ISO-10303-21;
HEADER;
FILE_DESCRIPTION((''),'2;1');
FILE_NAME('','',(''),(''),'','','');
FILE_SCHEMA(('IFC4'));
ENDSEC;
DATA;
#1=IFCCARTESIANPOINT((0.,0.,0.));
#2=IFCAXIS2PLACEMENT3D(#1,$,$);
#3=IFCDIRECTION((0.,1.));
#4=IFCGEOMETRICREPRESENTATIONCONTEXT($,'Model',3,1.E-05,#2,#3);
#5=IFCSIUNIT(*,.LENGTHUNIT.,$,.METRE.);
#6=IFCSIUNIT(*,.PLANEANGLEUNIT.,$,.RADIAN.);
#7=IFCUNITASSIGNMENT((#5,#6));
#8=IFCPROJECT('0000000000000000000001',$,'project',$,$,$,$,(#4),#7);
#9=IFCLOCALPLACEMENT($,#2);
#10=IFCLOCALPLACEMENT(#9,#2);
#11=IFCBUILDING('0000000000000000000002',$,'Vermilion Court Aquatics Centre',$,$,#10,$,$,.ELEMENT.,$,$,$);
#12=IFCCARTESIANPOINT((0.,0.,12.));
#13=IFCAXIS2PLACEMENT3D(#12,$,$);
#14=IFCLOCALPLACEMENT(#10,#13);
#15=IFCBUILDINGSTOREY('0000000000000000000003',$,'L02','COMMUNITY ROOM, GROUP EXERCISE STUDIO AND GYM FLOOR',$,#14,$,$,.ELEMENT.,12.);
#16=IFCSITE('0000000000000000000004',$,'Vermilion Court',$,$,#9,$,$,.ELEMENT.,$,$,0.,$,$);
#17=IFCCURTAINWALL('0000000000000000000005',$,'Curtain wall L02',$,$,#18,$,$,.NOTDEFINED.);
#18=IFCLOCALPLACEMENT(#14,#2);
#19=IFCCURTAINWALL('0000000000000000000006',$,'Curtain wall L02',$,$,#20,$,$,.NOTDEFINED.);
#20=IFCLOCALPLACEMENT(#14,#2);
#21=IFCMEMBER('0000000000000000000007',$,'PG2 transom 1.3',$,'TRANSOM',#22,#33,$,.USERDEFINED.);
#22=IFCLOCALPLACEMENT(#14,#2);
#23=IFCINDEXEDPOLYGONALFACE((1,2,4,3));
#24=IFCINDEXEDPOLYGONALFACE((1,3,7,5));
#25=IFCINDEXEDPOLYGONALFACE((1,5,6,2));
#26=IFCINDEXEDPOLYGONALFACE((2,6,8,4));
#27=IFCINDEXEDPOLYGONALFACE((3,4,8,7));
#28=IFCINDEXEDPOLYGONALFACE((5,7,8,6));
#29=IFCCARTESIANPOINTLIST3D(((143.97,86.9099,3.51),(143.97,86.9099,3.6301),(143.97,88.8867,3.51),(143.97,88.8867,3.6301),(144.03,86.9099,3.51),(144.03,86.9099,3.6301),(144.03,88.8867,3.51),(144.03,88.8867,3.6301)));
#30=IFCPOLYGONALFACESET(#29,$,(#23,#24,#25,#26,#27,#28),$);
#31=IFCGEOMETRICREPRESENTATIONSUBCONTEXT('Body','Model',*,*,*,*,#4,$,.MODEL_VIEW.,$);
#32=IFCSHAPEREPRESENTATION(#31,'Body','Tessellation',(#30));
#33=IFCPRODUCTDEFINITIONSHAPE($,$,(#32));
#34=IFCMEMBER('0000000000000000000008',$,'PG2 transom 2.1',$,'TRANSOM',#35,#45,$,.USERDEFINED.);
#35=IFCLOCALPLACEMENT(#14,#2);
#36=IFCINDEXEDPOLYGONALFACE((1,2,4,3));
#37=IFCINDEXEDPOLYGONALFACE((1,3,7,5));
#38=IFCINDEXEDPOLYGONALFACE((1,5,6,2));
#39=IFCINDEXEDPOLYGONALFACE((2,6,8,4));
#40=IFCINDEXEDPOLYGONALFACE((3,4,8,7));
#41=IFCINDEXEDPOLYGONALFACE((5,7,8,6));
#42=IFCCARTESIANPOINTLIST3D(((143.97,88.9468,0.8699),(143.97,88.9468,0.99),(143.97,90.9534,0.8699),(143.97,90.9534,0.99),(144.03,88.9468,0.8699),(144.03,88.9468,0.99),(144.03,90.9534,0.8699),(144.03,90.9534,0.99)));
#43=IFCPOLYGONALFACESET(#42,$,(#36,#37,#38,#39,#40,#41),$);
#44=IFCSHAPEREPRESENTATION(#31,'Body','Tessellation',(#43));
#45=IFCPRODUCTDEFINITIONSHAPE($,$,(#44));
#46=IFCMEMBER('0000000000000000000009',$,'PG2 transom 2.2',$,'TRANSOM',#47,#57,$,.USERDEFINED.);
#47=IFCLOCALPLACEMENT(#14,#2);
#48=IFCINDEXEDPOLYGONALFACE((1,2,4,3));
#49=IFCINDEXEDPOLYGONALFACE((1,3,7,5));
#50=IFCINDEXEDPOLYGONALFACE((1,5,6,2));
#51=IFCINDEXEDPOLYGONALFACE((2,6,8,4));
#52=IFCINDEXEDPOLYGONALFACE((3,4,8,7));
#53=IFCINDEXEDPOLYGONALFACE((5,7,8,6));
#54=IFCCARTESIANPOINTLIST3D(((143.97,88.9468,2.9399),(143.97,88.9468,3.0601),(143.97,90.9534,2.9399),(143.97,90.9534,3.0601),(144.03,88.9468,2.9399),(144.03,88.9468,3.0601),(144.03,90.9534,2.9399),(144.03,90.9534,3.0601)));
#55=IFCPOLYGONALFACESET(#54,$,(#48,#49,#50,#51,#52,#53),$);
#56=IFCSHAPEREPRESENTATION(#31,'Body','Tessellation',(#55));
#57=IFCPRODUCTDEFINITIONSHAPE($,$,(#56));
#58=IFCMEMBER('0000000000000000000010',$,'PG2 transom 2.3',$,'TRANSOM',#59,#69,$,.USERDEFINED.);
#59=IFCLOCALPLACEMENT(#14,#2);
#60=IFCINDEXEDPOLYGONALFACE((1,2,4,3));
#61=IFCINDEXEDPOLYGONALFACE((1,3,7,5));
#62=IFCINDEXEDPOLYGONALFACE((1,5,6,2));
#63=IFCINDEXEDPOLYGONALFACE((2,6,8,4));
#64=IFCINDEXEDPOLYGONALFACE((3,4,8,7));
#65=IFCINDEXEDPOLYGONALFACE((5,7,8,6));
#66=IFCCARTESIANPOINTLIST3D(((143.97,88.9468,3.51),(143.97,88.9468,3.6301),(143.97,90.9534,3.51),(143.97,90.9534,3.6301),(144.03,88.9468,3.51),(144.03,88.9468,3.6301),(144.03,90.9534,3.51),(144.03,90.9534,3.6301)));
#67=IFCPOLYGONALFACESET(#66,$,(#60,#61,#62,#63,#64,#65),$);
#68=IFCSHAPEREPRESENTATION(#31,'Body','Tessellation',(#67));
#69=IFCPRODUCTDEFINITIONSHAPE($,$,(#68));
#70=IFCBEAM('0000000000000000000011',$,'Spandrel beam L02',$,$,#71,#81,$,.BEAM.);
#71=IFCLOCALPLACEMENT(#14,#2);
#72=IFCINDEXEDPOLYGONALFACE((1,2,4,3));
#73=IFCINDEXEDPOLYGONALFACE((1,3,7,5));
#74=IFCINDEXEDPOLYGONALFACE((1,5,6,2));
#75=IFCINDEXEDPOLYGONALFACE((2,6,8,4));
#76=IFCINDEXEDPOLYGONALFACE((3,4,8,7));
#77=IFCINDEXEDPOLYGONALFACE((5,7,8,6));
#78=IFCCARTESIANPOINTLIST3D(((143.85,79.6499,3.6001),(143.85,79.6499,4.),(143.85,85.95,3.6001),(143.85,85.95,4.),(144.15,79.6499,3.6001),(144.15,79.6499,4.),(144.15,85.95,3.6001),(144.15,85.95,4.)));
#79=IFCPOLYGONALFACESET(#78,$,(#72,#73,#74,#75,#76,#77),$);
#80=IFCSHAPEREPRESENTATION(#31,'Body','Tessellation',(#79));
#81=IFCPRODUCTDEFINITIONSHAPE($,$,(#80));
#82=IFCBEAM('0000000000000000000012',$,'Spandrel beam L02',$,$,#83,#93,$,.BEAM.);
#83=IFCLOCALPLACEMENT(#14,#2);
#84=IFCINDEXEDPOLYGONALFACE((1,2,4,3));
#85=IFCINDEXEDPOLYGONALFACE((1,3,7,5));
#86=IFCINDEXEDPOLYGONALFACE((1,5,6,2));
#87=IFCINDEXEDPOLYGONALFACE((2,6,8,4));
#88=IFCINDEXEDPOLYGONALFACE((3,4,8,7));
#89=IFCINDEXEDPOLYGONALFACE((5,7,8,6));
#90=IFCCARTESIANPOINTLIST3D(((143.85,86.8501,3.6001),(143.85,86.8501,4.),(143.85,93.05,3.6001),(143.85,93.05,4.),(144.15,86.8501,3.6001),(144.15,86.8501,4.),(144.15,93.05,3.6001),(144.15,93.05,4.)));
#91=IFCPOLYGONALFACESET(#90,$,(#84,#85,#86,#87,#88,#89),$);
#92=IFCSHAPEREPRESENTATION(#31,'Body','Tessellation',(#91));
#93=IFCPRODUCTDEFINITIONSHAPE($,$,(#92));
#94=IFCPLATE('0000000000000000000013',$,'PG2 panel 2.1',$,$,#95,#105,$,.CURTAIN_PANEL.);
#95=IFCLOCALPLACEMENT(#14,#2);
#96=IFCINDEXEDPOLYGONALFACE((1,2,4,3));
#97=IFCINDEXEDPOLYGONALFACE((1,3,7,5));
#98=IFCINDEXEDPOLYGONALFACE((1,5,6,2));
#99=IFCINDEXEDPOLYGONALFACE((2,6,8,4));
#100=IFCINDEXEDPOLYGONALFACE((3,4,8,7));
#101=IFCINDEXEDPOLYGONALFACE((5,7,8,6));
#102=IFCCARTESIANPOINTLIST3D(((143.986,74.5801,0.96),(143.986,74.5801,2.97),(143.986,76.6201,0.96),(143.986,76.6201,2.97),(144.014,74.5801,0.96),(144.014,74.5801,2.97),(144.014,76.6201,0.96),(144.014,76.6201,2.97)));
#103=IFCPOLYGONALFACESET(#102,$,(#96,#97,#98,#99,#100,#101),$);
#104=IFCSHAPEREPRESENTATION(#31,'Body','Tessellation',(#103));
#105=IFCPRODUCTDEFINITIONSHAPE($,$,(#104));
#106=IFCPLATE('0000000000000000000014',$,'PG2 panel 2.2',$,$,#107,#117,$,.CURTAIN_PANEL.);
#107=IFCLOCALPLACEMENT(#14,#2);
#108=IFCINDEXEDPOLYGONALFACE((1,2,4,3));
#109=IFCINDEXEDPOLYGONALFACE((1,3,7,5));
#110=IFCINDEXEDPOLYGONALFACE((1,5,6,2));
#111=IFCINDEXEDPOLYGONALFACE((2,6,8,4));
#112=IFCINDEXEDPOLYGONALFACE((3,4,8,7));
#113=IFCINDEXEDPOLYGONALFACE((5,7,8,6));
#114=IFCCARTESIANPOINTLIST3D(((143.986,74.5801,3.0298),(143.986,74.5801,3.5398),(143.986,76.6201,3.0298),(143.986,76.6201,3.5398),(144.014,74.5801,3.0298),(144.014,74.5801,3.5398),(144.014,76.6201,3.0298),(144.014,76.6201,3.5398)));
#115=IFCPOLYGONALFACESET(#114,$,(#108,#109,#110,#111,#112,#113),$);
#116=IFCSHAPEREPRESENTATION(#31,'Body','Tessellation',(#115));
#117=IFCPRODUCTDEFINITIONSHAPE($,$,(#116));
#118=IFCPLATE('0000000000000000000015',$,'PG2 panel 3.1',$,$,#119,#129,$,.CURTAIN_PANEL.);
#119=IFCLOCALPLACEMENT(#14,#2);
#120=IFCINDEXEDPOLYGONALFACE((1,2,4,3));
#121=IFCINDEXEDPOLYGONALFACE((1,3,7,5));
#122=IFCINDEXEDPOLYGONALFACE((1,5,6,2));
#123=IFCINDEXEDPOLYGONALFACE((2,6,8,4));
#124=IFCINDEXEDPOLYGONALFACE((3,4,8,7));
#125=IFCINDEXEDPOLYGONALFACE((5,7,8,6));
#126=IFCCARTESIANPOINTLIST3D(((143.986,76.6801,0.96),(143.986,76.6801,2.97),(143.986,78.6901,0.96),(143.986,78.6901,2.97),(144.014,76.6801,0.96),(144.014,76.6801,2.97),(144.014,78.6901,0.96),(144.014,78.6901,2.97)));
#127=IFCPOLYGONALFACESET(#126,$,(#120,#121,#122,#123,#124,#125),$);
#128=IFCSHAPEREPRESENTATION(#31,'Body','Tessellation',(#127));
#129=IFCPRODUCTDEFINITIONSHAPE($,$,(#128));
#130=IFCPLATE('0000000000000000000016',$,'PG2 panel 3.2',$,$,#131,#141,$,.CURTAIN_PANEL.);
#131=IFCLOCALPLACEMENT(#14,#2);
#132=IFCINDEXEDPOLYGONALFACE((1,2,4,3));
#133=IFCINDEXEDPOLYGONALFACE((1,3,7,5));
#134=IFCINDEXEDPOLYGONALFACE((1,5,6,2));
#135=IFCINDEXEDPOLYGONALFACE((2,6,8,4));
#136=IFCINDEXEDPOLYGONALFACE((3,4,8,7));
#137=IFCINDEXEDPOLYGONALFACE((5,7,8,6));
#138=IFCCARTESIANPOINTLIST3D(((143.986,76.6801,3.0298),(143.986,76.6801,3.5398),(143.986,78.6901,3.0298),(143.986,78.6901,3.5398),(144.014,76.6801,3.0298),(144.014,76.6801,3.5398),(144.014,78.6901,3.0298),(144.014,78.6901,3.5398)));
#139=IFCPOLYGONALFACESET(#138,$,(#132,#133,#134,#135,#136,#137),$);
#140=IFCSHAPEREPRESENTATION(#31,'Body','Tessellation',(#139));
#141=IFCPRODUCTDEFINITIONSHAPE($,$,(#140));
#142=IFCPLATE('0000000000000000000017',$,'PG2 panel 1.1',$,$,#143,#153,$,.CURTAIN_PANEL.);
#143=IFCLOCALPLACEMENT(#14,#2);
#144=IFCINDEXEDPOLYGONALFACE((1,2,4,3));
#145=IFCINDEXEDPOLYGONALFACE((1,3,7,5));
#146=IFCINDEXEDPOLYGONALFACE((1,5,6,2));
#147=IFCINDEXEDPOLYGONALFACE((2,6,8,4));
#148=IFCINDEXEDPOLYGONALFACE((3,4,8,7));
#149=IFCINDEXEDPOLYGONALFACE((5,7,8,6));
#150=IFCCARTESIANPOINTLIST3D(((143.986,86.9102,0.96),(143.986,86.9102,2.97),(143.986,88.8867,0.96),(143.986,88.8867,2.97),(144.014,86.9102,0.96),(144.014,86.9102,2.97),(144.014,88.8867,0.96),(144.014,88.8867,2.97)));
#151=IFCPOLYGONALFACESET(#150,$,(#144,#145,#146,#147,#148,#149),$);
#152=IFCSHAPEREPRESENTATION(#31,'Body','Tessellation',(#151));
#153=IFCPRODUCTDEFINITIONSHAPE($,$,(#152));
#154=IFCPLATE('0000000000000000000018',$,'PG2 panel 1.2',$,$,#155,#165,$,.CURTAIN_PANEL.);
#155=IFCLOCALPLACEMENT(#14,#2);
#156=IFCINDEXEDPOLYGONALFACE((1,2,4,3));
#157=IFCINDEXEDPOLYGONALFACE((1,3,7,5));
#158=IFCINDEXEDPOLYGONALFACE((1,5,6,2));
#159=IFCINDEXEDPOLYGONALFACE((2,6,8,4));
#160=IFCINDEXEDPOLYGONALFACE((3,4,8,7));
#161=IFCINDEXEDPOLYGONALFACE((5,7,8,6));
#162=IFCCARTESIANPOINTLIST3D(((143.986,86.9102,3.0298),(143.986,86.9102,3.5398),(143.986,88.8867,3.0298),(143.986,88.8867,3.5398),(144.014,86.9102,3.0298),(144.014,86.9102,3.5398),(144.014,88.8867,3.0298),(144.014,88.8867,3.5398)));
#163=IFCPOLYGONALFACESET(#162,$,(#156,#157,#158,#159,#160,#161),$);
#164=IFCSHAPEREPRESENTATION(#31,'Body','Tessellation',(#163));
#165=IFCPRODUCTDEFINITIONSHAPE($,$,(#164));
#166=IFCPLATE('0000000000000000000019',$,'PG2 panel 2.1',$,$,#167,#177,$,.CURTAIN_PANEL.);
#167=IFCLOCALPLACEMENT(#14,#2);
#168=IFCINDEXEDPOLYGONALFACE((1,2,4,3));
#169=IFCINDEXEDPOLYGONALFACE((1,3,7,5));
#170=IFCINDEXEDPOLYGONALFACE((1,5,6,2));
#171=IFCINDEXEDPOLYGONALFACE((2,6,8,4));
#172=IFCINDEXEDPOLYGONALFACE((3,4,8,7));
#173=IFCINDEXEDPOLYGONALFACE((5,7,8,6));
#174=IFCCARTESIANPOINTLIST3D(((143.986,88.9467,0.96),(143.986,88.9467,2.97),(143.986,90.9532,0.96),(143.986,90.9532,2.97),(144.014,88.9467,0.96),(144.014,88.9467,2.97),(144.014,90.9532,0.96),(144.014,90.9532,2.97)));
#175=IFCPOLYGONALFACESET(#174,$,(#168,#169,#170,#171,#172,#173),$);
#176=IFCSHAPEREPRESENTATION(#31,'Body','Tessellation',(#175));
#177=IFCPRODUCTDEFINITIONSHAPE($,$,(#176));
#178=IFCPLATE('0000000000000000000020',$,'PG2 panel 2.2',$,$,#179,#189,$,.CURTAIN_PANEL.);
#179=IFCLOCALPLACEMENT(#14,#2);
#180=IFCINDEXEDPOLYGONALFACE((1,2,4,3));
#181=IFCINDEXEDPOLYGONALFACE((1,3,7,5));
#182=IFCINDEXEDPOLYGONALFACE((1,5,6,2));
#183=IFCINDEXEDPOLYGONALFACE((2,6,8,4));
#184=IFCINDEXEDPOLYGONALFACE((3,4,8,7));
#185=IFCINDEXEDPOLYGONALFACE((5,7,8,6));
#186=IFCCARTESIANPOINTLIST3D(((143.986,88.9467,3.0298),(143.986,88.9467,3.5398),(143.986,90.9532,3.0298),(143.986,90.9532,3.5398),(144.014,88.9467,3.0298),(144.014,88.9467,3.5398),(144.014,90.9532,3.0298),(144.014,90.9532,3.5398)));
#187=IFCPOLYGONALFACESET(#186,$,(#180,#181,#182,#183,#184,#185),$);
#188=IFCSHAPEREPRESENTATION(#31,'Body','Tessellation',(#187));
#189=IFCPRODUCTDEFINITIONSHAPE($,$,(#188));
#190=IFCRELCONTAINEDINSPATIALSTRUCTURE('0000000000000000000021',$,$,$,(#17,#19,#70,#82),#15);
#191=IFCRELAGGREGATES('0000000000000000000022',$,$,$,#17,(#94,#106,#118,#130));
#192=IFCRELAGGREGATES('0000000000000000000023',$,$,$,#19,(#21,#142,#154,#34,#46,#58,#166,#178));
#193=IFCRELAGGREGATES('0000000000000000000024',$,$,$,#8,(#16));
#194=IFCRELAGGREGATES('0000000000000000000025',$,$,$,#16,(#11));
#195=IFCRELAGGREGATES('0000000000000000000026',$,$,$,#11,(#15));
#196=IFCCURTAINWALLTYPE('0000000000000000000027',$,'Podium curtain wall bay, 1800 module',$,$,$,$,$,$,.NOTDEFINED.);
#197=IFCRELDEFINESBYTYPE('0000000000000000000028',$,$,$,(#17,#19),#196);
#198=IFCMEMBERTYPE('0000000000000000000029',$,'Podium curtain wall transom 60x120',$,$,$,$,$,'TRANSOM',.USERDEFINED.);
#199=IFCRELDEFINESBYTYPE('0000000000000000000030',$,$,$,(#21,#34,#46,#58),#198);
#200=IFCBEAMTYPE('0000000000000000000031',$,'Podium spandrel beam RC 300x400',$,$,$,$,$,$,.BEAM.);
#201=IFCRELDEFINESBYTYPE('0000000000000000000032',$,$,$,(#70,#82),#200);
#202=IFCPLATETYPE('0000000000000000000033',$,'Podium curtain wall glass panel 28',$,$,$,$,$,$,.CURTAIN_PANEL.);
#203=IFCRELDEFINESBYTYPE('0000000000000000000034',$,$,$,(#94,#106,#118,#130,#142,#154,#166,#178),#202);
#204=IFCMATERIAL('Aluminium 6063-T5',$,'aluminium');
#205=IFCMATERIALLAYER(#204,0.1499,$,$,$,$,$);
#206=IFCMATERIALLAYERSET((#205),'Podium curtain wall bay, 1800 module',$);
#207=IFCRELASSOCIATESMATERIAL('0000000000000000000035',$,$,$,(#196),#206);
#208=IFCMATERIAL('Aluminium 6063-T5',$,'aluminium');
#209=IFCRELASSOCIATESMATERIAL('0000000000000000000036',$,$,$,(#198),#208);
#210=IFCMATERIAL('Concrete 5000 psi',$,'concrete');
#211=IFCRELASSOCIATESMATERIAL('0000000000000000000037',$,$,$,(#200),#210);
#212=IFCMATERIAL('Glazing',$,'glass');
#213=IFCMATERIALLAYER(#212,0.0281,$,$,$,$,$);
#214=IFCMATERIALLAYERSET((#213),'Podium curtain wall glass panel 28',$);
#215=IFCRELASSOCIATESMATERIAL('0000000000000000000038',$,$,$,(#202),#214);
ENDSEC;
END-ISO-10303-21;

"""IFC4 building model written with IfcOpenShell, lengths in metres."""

from ifc_helpers import new_model, si_unit, direction, frame, origin, origin_2d, place, context, subcontext, project, spatial, rectangle, extrude, material, layer, layer_set, material_profile, profile_set, type_object, element, aggregate, save


model = new_model("IFC4")

# Units and contexts
model_context = context("Model", 3, precision=1e-05, world=origin(), true_north=direction((0.0, 1.0)))
body_context = subcontext(model_context, "Body", "Model", "MODEL_VIEW")
ifc_project = project(units=[si_unit("LENGTHUNIT", "METRE"), si_unit("PLANEANGLEUNIT", "RADIAN")], contexts=[model_context])

# Site, building, storey
site_placement = place(None, origin())
site = spatial("IfcSite", under=ifc_project, at=site_placement, Name="Vermilion Court", CompositionType="ELEMENT", RefElevation=0.0)
building_placement = place(site_placement, origin())
building = spatial("IfcBuilding", under=site, at=building_placement, Name="Vermilion Court Aquatics Centre", CompositionType="ELEMENT")
storey_placement = place(building_placement, frame((0.0, 0.0, 12.0)))
storey = spatial("IfcBuildingStorey", under=building, at=storey_placement, Name="L02", Description="COMMUNITY ROOM, GROUP EXERCISE STUDIO AND GYM FLOOR", CompositionType="ELEMENT", Elevation=12.0)

# Curtain walls
ifc_material_1 = material(Name="Aluminium 6063-T5", Category="aluminium")
ifc_layer_1 = layer(ifc_material_1, 0.1499)
ifc_layer_set_1 = layer_set([ifc_layer_1], Name="Podium curtain wall bay, 1800 module")
curtain_wall_type = type_object("IfcCurtainWallType", Name="Podium curtain wall bay, 1800 module", PredefinedType="NOTDEFINED", material=ifc_layer_set_1)
curtain_wall_1_placement = place(storey_placement, origin())
curtain_wall_1 = element("IfcCurtainWall", 1, at=curtain_wall_1_placement, inside=storey, type_object=curtain_wall_type, Name="Curtain wall L02", PredefinedType="NOTDEFINED")
curtain_wall_2_placement = place(storey_placement, origin())
curtain_wall_2 = element("IfcCurtainWall", 2, at=curtain_wall_2_placement, inside=storey, type_object=curtain_wall_type, Name="Curtain wall L02", PredefinedType="NOTDEFINED")

# Members
ifc_material_2 = material(Name="Aluminium 6063-T5", Category="aluminium")
ifc_material_profile_1 = material_profile(ifc_material_2, rectangle(XDim=0.0601, YDim=0.1201, at=origin_2d()), Name="Transom 60x120")
ifc_profile_set_1 = profile_set([ifc_material_profile_1], Name="Aluminium 6063-T5")
member_type_1 = type_object("IfcMemberType", Name="Podium curtain wall transom 60x120", ElementType="TRANSOM", PredefinedType="USERDEFINED", material=ifc_profile_set_1)
member_1_placement = place(storey_placement, frame((144.0, 86.9099, 3.5701), z_axis=(0.0, 1.0, 0.0), x_axis=(-1.0, 0.0, 0.0)))
member_1 = element("IfcMember", 3, at=member_1_placement, type_object=member_type_1, Name="PG2 transom 1.3", ObjectType="TRANSOM", PredefinedType="USERDEFINED", context=body_context, shape_type="SweptSolid", body=[
    extrude(rectangle(XDim=0.0601, YDim=0.1201, at=origin_2d()), origin(), (0.0, 0.0, 1.0), 1.9768),
])
member_2_placement = place(storey_placement, frame((144.0, 88.9468, 0.9299), z_axis=(0.0, 1.0, 0.0), x_axis=(-1.0, 0.0, 0.0)))
member_2 = element("IfcMember", 4, at=member_2_placement, type_object=member_type_1, Name="PG2 transom 2.1", ObjectType="TRANSOM", PredefinedType="USERDEFINED", context=body_context, shape_type="SweptSolid", body=[
    extrude(rectangle(XDim=0.0601, YDim=0.1201, at=origin_2d()), origin(), (0.0, 0.0, 1.0), 2.0066),
])
member_3_placement = place(storey_placement, frame((144.0, 88.9468, 3.0), z_axis=(0.0, 1.0, 0.0), x_axis=(-1.0, 0.0, 0.0)))
member_3 = element("IfcMember", 5, at=member_3_placement, type_object=member_type_1, Name="PG2 transom 2.2", ObjectType="TRANSOM", PredefinedType="USERDEFINED", context=body_context, shape_type="SweptSolid", body=[
    extrude(rectangle(XDim=0.0601, YDim=0.1201, at=origin_2d()), origin(), (0.0, 0.0, 1.0), 2.0066),
])
member_4_placement = place(storey_placement, frame((144.0, 88.9468, 3.5701), z_axis=(0.0, 1.0, 0.0), x_axis=(-1.0, 0.0, 0.0)))
member_4 = element("IfcMember", 6, at=member_4_placement, type_object=member_type_1, Name="PG2 transom 2.3", ObjectType="TRANSOM", PredefinedType="USERDEFINED", context=body_context, shape_type="SweptSolid", body=[
    extrude(rectangle(XDim=0.0601, YDim=0.1201, at=origin_2d()), origin(), (0.0, 0.0, 1.0), 2.0066),
])

# Beams
ifc_material_3 = material(Name="Concrete 5000 psi", Category="concrete")
ifc_material_profile_2 = material_profile(ifc_material_3, rectangle(XDim=0.3, YDim=0.3999, at=origin_2d()), Name="RC 300x400")
ifc_profile_set_2 = profile_set([ifc_material_profile_2], Name="Concrete 5000 psi")
beam_type = type_object("IfcBeamType", Name="Podium spandrel beam RC 300x400", PredefinedType="BEAM", material=ifc_profile_set_2)
beam_1_placement = place(storey_placement, frame((144.0, 79.6499, 3.8), z_axis=(0.0, 1.0, 0.0), x_axis=(-1.0, 0.0, 0.0)))
element("IfcBeam", 7, at=beam_1_placement, inside=storey, type_object=beam_type, Name="Spandrel beam L02", PredefinedType="BEAM", context=body_context, shape_type="SweptSolid", body=[
    extrude(rectangle(XDim=0.3, YDim=0.3999, at=origin_2d()), origin(), (0.0, 0.0, 1.0), 6.3),
])
beam_2_placement = place(storey_placement, frame((144.0, 86.8501, 3.8), z_axis=(0.0, 1.0, 0.0), x_axis=(-1.0, 0.0, 0.0)))
element("IfcBeam", 8, at=beam_2_placement, inside=storey, type_object=beam_type, Name="Spandrel beam L02", PredefinedType="BEAM", context=body_context, shape_type="SweptSolid", body=[
    extrude(rectangle(XDim=0.3, YDim=0.3999, at=origin_2d()), origin(), (0.0, 0.0, 1.0), 6.2),
])

# Plates
ifc_material_4 = material(Name="Glazing", Category="glass")
ifc_layer_2 = layer(ifc_material_4, 0.0281)
ifc_layer_set_2 = layer_set([ifc_layer_2], Name="Podium curtain wall glass panel 28")
plate_type = type_object("IfcPlateType", Name="Podium curtain wall glass panel 28", PredefinedType="CURTAIN_PANEL", material=ifc_layer_set_2)
plate_1_placement = place(storey_placement, frame((144.0, 75.6001, 0.96), z_axis=(0.0, 0.0, 1.0), x_axis=(0.0, 1.0, 0.0)))
plate_1 = element("IfcPlate", 9, at=plate_1_placement, type_object=plate_type, Name="PG2 panel 2.1", PredefinedType="CURTAIN_PANEL", context=body_context, shape_type="SweptSolid", body=[
    extrude(rectangle(XDim=2.04, YDim=0.0281, at=origin_2d()), origin(), (0.0, 0.0, 1.0), 2.01),
])
plate_2_placement = place(storey_placement, frame((144.0, 75.6001, 3.0298), z_axis=(0.0, 0.0, 1.0), x_axis=(0.0, 1.0, 0.0)))
plate_2 = element("IfcPlate", 10, at=plate_2_placement, type_object=plate_type, Name="PG2 panel 2.2", PredefinedType="CURTAIN_PANEL", context=body_context, shape_type="SweptSolid", body=[
    extrude(rectangle(XDim=2.04, YDim=0.0281, at=origin_2d()), origin(), (0.0, 0.0, 1.0), 0.51),
])
plate_3_placement = place(storey_placement, frame((144.0, 77.6851, 0.96), z_axis=(0.0, 0.0, 1.0), x_axis=(0.0, 1.0, 0.0)))
plate_3 = element("IfcPlate", 11, at=plate_3_placement, type_object=plate_type, Name="PG2 panel 3.1", PredefinedType="CURTAIN_PANEL", context=body_context, shape_type="SweptSolid", body=[
    extrude(rectangle(XDim=2.01, YDim=0.0281, at=origin_2d()), origin(), (0.0, 0.0, 1.0), 2.01),
])
plate_4_placement = place(storey_placement, frame((144.0, 77.6851, 3.0298), z_axis=(0.0, 0.0, 1.0), x_axis=(0.0, 1.0, 0.0)))
plate_4 = element("IfcPlate", 12, at=plate_4_placement, type_object=plate_type, Name="PG2 panel 3.2", PredefinedType="CURTAIN_PANEL", context=body_context, shape_type="SweptSolid", body=[
    extrude(rectangle(XDim=2.01, YDim=0.0281, at=origin_2d()), origin(), (0.0, 0.0, 1.0), 0.51),
])
aggregate(curtain_wall_1, [plate_1, plate_2, plate_3, plate_4])
plate_5_placement = place(storey_placement, frame((144.0, 87.8984, 0.96), z_axis=(0.0, 0.0, 1.0), x_axis=(0.0, 1.0, 0.0)))
plate_5 = element("IfcPlate", 13, at=plate_5_placement, type_object=plate_type, Name="PG2 panel 1.1", PredefinedType="CURTAIN_PANEL", context=body_context, shape_type="SweptSolid", body=[
    extrude(rectangle(XDim=1.9766, YDim=0.0281, at=origin_2d()), origin(), (0.0, 0.0, 1.0), 2.01),
])
plate_6_placement = place(storey_placement, frame((144.0, 87.8984, 3.0298), z_axis=(0.0, 0.0, 1.0), x_axis=(0.0, 1.0, 0.0)))
plate_6 = element("IfcPlate", 14, at=plate_6_placement, type_object=plate_type, Name="PG2 panel 1.2", PredefinedType="CURTAIN_PANEL", context=body_context, shape_type="SweptSolid", body=[
    extrude(rectangle(XDim=1.9766, YDim=0.0281, at=origin_2d()), origin(), (0.0, 0.0, 1.0), 0.51),
])
plate_7_placement = place(storey_placement, frame((144.0, 89.95, 0.96), z_axis=(0.0, 0.0, 1.0), x_axis=(0.0, 1.0, 0.0)))
plate_7 = element("IfcPlate", 15, at=plate_7_placement, type_object=plate_type, Name="PG2 panel 2.1", PredefinedType="CURTAIN_PANEL", context=body_context, shape_type="SweptSolid", body=[
    extrude(rectangle(XDim=2.0066, YDim=0.0281, at=origin_2d()), origin(), (0.0, 0.0, 1.0), 2.01),
])
plate_8_placement = place(storey_placement, frame((144.0, 89.95, 3.0298), z_axis=(0.0, 0.0, 1.0), x_axis=(0.0, 1.0, 0.0)))
plate_8 = element("IfcPlate", 16, at=plate_8_placement, type_object=plate_type, Name="PG2 panel 2.2", PredefinedType="CURTAIN_PANEL", context=body_context, shape_type="SweptSolid", body=[
    extrude(rectangle(XDim=2.0066, YDim=0.0281, at=origin_2d()), origin(), (0.0, 0.0, 1.0), 0.51),
])
aggregate(curtain_wall_2, [member_1, plate_5, plate_6, member_2, member_3, member_4, plate_7, plate_8])

save(model, "model.ifc")
